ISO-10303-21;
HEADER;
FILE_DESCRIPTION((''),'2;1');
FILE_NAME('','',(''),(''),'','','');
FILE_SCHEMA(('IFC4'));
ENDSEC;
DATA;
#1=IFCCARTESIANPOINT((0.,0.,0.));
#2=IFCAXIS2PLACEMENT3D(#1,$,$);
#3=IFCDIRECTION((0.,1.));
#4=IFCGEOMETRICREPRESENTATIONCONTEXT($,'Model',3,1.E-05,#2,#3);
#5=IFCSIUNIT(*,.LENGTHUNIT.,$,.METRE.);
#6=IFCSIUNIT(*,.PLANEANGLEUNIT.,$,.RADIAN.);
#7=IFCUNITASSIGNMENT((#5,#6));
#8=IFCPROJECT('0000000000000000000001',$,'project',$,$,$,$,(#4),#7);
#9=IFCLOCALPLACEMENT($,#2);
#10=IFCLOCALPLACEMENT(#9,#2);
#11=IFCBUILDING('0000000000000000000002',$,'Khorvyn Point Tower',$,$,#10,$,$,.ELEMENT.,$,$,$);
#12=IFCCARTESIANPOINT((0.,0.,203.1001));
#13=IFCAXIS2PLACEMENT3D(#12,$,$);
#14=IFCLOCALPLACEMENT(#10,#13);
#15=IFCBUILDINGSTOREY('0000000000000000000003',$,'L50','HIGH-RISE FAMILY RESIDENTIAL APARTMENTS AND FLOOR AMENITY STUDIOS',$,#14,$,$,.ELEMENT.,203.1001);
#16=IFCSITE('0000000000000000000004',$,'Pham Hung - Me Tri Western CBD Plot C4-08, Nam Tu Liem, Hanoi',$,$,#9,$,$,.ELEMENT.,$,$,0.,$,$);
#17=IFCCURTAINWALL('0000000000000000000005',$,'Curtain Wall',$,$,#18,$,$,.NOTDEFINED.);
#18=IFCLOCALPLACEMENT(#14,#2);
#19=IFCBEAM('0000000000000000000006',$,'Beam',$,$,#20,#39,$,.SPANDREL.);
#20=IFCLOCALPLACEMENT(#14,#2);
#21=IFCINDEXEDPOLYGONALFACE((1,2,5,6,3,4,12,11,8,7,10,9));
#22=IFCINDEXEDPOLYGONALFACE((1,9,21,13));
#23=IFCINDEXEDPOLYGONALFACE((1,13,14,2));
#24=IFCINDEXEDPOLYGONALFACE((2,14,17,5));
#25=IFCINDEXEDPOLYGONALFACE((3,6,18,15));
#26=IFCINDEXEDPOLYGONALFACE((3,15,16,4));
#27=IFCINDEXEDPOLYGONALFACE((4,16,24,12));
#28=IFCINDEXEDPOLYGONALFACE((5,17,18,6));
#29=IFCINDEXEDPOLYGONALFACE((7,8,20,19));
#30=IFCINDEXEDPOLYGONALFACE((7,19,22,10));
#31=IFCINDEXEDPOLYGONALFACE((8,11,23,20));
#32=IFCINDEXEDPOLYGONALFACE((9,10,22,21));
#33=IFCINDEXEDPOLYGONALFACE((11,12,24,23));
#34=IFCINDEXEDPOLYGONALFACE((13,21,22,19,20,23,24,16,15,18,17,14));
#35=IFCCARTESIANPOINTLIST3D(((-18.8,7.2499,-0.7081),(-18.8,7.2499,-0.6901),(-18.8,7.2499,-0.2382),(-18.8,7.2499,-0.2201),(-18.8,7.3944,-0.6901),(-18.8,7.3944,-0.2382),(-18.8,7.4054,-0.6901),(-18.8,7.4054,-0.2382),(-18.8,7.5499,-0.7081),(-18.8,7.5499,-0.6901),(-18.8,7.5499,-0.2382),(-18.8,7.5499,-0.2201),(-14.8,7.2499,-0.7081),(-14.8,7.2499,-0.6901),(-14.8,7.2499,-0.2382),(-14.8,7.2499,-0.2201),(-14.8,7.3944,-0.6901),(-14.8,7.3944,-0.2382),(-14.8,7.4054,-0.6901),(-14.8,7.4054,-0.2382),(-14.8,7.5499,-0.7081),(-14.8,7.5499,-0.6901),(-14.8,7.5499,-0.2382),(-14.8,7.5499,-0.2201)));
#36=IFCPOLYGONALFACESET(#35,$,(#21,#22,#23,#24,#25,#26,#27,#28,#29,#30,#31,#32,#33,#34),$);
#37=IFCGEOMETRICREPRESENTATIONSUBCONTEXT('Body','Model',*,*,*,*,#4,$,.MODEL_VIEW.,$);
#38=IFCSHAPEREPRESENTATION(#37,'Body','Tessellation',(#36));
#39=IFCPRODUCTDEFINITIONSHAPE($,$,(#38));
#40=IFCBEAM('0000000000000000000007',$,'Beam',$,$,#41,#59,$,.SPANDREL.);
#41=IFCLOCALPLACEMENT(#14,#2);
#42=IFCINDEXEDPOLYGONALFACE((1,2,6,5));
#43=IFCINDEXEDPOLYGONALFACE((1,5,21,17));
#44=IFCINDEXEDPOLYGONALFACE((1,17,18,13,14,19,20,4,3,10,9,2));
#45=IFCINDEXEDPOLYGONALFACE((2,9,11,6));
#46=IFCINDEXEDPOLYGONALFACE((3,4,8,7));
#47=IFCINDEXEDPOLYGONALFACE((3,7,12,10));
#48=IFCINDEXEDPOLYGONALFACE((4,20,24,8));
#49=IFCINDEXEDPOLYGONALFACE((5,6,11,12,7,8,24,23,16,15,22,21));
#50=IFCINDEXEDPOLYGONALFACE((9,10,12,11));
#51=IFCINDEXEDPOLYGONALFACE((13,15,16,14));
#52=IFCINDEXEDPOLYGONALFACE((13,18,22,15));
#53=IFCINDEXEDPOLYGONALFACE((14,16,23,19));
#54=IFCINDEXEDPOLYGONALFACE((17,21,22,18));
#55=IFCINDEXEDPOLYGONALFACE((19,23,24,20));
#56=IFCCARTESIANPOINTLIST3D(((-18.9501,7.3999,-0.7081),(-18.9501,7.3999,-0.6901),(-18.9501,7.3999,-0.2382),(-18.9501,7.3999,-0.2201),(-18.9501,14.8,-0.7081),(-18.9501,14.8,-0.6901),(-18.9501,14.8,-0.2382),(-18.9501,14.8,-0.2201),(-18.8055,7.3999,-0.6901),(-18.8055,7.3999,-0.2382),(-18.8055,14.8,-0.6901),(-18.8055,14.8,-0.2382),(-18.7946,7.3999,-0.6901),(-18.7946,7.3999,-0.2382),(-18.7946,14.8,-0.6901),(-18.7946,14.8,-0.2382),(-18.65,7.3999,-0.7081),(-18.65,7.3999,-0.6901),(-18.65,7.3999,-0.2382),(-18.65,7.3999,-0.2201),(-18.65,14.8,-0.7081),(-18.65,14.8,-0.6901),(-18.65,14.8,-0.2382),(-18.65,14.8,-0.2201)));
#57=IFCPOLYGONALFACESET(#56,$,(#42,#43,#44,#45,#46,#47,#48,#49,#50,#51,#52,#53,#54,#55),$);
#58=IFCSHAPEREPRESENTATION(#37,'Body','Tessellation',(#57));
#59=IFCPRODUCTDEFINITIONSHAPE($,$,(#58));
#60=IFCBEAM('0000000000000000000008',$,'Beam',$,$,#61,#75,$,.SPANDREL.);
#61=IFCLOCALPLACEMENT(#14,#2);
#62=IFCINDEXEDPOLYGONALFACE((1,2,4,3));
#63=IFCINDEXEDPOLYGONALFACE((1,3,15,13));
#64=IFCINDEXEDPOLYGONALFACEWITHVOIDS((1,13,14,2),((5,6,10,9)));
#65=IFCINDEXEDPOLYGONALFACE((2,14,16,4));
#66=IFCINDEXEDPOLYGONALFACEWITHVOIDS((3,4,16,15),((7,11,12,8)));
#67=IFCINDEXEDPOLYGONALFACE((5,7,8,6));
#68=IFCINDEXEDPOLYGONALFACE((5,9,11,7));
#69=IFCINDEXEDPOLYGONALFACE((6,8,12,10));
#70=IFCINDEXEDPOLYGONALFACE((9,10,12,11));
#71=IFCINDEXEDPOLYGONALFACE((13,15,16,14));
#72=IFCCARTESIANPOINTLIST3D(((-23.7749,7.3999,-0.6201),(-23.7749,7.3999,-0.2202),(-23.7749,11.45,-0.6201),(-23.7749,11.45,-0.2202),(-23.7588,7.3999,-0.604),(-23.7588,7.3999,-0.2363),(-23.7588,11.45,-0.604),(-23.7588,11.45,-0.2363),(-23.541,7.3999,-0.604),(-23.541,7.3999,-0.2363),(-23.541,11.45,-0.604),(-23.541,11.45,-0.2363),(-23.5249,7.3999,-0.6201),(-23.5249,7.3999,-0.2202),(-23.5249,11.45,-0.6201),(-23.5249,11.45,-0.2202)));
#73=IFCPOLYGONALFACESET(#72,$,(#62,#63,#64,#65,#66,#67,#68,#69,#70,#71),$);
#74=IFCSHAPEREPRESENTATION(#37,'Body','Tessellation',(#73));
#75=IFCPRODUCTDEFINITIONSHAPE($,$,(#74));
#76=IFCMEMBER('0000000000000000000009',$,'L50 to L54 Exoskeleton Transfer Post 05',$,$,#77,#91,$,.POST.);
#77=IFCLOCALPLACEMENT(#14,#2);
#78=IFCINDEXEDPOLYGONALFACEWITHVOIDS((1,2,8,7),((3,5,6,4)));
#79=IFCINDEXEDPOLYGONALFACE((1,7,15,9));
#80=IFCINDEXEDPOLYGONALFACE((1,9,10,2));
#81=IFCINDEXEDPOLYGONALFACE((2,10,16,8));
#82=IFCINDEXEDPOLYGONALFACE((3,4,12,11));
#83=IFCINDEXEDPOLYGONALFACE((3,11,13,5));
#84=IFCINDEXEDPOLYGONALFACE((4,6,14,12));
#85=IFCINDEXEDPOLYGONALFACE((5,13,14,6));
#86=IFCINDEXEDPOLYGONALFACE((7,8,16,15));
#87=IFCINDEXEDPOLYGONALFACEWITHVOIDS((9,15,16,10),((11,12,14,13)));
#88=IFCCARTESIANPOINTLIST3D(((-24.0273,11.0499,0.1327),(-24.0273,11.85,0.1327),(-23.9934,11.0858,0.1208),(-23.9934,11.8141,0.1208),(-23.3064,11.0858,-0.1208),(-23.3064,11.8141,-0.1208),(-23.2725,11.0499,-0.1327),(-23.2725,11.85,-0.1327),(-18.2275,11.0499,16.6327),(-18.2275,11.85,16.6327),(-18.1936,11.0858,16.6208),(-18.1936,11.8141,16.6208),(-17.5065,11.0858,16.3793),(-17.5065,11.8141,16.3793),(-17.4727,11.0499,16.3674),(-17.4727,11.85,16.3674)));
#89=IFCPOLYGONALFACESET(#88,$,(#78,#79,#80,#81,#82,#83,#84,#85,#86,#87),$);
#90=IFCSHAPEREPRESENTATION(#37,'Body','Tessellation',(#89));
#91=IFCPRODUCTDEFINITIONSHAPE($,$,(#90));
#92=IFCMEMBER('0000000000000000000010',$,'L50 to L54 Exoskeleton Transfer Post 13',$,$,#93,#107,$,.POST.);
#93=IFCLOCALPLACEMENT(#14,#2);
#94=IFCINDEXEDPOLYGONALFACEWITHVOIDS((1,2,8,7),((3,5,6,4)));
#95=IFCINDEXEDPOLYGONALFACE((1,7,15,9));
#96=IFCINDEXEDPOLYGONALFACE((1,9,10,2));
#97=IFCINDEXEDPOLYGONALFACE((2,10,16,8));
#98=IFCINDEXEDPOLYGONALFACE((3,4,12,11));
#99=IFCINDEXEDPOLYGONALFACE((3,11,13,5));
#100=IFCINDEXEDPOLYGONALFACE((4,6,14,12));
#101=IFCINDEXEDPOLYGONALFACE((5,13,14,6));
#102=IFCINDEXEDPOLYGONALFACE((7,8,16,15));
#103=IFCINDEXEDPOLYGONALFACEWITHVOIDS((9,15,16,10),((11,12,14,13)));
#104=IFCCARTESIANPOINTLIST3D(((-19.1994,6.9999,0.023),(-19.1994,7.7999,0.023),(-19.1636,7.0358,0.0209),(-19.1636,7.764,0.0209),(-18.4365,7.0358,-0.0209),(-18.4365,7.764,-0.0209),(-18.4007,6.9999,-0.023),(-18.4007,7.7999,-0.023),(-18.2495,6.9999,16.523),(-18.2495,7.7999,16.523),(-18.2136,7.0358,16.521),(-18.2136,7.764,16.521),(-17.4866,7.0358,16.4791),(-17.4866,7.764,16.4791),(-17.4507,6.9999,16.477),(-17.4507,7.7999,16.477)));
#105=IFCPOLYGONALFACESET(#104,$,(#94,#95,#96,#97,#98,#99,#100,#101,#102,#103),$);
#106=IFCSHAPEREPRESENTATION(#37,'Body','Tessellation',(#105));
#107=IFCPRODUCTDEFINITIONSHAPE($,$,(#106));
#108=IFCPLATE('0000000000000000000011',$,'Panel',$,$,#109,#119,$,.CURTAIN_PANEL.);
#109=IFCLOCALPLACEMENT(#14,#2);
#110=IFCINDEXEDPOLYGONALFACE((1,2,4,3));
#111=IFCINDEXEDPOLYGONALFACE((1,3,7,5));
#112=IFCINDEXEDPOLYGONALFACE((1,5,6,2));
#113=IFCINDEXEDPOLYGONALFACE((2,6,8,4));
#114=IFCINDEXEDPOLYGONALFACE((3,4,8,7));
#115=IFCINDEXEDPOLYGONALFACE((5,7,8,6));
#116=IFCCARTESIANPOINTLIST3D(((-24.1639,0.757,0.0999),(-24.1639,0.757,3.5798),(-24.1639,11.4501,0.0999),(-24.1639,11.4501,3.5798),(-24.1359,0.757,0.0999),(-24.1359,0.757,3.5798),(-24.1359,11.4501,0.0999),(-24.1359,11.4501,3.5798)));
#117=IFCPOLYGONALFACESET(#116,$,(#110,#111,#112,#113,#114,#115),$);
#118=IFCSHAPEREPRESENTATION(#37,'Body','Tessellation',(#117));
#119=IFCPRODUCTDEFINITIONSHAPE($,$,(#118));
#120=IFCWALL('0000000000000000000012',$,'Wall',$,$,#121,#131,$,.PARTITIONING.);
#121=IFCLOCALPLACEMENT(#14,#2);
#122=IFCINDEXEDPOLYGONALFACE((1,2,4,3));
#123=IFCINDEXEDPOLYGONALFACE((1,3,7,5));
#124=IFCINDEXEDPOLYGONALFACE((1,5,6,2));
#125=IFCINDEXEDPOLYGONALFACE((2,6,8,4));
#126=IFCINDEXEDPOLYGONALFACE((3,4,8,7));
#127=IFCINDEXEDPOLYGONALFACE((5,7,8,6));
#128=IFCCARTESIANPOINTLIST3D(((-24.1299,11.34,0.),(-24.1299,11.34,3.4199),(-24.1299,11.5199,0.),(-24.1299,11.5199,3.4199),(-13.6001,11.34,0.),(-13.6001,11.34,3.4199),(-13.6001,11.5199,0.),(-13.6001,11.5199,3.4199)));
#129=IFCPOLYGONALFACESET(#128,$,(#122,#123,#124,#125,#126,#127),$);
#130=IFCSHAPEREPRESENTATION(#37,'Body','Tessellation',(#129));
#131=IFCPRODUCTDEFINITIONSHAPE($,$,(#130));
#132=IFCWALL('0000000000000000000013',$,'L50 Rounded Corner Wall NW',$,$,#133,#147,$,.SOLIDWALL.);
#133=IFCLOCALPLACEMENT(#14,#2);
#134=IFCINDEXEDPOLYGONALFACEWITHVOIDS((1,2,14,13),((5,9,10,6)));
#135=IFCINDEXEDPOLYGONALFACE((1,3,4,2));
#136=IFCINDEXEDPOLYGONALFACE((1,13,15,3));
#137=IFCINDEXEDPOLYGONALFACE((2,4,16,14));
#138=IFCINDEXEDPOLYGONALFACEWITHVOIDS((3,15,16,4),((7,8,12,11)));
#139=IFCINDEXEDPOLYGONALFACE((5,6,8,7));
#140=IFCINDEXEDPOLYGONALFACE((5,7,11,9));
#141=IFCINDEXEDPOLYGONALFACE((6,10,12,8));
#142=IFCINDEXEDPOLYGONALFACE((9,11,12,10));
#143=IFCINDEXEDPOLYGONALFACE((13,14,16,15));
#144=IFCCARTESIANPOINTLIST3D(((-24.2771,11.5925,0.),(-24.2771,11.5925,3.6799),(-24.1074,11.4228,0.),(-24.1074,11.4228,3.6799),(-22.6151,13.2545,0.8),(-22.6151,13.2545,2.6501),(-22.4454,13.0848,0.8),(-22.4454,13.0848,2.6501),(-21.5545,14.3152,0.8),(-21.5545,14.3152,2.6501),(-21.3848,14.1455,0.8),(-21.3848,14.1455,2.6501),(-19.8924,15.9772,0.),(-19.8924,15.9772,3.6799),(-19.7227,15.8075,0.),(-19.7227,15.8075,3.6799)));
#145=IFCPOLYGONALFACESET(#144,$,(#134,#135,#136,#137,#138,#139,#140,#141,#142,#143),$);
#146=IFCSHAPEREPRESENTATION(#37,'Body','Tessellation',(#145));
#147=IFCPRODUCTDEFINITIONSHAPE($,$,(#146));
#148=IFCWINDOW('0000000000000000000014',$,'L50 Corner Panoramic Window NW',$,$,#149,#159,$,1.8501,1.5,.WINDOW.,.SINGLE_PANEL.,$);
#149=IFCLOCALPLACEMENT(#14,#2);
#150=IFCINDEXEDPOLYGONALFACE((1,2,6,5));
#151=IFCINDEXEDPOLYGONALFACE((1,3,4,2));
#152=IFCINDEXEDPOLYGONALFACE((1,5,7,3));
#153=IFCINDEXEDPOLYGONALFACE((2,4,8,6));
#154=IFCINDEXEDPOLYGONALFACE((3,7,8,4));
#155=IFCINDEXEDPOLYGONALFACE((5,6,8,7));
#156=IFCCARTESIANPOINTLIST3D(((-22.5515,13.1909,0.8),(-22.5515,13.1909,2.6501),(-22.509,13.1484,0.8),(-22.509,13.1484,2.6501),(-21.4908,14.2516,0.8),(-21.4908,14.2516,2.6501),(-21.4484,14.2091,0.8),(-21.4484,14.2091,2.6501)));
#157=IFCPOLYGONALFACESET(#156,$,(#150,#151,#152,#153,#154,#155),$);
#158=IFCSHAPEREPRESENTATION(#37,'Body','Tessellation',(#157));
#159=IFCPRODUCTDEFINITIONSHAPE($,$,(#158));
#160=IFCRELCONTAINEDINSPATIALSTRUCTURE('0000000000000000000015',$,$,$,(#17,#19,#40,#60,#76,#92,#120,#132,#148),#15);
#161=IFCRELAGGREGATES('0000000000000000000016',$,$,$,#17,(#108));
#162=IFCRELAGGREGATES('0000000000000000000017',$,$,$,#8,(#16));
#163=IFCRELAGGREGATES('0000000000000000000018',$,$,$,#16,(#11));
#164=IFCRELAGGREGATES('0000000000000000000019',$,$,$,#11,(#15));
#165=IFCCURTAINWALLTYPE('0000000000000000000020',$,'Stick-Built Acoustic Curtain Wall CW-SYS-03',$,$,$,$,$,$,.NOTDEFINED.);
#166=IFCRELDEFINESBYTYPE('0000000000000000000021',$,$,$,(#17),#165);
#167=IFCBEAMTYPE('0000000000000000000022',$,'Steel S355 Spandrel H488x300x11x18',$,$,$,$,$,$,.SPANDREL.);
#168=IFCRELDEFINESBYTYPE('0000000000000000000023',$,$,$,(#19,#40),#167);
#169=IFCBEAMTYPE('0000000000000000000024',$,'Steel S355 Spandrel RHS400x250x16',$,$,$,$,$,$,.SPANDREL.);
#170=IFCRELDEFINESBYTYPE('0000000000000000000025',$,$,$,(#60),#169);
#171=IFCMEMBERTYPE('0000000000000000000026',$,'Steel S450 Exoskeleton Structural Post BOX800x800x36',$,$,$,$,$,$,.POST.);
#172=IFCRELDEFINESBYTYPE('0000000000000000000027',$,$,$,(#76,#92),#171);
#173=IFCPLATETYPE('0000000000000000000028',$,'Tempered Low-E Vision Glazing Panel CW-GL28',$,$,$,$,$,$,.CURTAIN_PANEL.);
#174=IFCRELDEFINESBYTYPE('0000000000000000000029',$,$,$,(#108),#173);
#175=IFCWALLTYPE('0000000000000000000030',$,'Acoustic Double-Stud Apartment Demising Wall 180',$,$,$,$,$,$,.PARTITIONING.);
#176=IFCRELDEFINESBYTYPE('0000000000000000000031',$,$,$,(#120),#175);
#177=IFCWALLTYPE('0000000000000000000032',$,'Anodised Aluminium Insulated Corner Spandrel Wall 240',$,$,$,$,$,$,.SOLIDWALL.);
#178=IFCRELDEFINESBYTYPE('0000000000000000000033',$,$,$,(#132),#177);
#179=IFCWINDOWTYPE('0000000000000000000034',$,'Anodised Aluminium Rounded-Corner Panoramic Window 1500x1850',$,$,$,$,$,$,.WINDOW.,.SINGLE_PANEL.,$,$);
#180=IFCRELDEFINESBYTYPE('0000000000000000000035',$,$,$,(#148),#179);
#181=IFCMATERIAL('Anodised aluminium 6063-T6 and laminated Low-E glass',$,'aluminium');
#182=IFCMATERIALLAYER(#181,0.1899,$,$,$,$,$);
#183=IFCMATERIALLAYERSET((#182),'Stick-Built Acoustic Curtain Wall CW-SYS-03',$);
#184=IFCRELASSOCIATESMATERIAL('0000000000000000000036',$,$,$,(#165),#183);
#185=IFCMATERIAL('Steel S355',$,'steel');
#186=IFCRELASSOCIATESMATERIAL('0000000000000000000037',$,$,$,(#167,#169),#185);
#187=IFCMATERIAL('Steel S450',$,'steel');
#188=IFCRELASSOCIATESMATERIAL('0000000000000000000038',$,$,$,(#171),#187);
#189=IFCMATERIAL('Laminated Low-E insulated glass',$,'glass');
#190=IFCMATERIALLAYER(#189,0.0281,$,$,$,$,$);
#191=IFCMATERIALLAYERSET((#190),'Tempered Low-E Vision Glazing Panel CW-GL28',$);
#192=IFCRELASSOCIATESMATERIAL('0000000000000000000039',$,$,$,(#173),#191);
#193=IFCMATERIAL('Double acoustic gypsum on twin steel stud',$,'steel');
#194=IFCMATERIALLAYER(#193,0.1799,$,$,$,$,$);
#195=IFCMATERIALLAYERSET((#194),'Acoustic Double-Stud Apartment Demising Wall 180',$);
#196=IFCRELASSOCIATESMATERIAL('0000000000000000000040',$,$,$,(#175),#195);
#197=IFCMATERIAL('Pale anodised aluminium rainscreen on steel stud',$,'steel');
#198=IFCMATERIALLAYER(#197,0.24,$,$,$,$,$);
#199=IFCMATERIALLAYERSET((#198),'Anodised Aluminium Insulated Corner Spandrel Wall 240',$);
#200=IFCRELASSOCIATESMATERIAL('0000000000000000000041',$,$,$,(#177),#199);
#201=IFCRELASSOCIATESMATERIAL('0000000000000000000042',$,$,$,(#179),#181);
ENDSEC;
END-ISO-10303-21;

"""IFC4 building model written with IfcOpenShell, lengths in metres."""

from ifc_helpers import new_model, si_unit, direction, frame, frame_2d, origin, origin_2d, place, context, subcontext, project, spatial, rectangle, hollow_rectangle, i_section, extrude, material, layer, layer_set, material_profile, profile_set, type_object, element, fill, aggregate, save


model = new_model("IFC4")

# Units and contexts
model_context = context("Model", 3, precision=1e-05, world=origin(), true_north=direction((0.0, 1.0)))
body_context = subcontext(model_context, "Body", "Model", "MODEL_VIEW")
ifc_project = project(units=[si_unit("LENGTHUNIT", "METRE"), si_unit("PLANEANGLEUNIT", "RADIAN")], contexts=[model_context])

# Site, building, storey
site_placement = place(None, origin())
site = spatial("IfcSite", under=ifc_project, at=site_placement, Name="Pham Hung - Me Tri Western CBD Plot C4-08, Nam Tu Liem, Hanoi", CompositionType="ELEMENT", RefElevation=0.0)
building_placement = place(site_placement, origin())
building = spatial("IfcBuilding", under=site, at=building_placement, Name="Khorvyn Point Tower", CompositionType="ELEMENT")
storey_placement = place(building_placement, frame((0.0, 0.0, 203.1001)))
storey = spatial("IfcBuildingStorey", under=building, at=storey_placement, Name="L50", Description="HIGH-RISE FAMILY RESIDENTIAL APARTMENTS AND FLOOR AMENITY STUDIOS", CompositionType="ELEMENT", Elevation=203.1001)

# Shared definitions
ifc_material_1 = material(Name="Steel S450", Category="steel")

# Curtain wall
ifc_material_2 = material(Name="Anodised aluminium 6063-T6 and laminated Low-E glass", Category="aluminium")
ifc_layer_1 = layer(ifc_material_2, 0.1899)
ifc_layer_set_1 = layer_set([ifc_layer_1], Name="Stick-Built Acoustic Curtain Wall CW-SYS-03")
curtain_wall_type = type_object("IfcCurtainWallType", Name="Stick-Built Acoustic Curtain Wall CW-SYS-03", PredefinedType="NOTDEFINED", material=ifc_layer_set_1)
curtain_wall_1_placement = place(storey_placement, origin())
curtain_wall_1 = element("IfcCurtainWall", 1, at=curtain_wall_1_placement, inside=storey, type_object=curtain_wall_type, Name="Curtain Wall", PredefinedType="NOTDEFINED")

# Beams
ifc_material_3 = material(Name="Steel S355", Category="steel")
ifc_material_profile_1 = material_profile(ifc_material_3, i_section(OverallWidth=0.3, OverallDepth=0.488, WebThickness=0.011, FlangeThickness=0.0181, at=origin_2d()))
ifc_profile_set_1 = profile_set([ifc_material_profile_1], Name="Steel S355 H488x300x11x18")
beam_type_1 = type_object("IfcBeamType", Name="Steel S355 Spandrel H488x300x11x18", PredefinedType="SPANDREL", material=ifc_profile_set_1)
beam_1_placement = place(storey_placement, frame((-18.8, 7.3999, -0.4641), z_axis=(1.0, 0.0, 0.0), x_axis=(0.0, 1.0, 0.0)))
element("IfcBeam", 2, at=beam_1_placement, inside=storey, type_object=beam_type_1, Name="Beam", PredefinedType="SPANDREL", context=body_context, shape_type="SweptSolid", body=[
    extrude(i_section(OverallWidth=0.3, OverallDepth=0.488, WebThickness=0.011, FlangeThickness=0.0181, at=origin_2d()), origin(), (0.0, 0.0, 1.0), 4.0),
])
beam_2_placement = place(storey_placement, frame((-18.8, 7.3999, -0.4641), z_axis=(0.0, 1.0, 0.0), x_axis=(-1.0, 0.0, 0.0)))
element("IfcBeam", 3, at=beam_2_placement, inside=storey, type_object=beam_type_1, Name="Beam", PredefinedType="SPANDREL", context=body_context, shape_type="SweptSolid", body=[
    extrude(i_section(OverallWidth=0.3, OverallDepth=0.488, WebThickness=0.011, FlangeThickness=0.0181, at=origin_2d()), origin(), (0.0, 0.0, 1.0), 7.4001),
])
ifc_material_profile_2 = material_profile(ifc_material_3, hollow_rectangle(XDim=0.25, YDim=0.3999, WallThickness=0.0161, at=origin_2d()))
ifc_profile_set_2 = profile_set([ifc_material_profile_2], Name="Steel S355 RHS400x250x16")
beam_type_2 = type_object("IfcBeamType", Name="Steel S355 Spandrel RHS400x250x16", PredefinedType="SPANDREL", material=ifc_profile_set_2)
beam_3_placement = place(storey_placement, frame((-23.6499, 7.3999, -0.4202), z_axis=(0.0, 1.0, 0.0), x_axis=(-1.0, 0.0, 0.0)))
element("IfcBeam", 4, at=beam_3_placement, inside=storey, type_object=beam_type_2, Name="Beam", PredefinedType="SPANDREL", context=body_context, shape_type="SweptSolid", body=[
    extrude(hollow_rectangle(XDim=0.25, YDim=0.3999, WallThickness=0.0161, at=origin_2d()), origin(), (0.0, 0.0, 1.0), 4.05),
])

# Members
ifc_material_profile_3 = material_profile(ifc_material_1, hollow_rectangle(XDim=0.8, YDim=0.8, WallThickness=0.0359, at=origin_2d()))
ifc_profile_set_3 = profile_set([ifc_material_profile_3], Name="Steel S450 BOX800x800x36")
member_type_1 = type_object("IfcMemberType", Name="Steel S450 Exoskeleton Structural Post BOX800x800x36", PredefinedType="POST", material=ifc_profile_set_3)
member_1_placement = place(storey_placement, frame((-23.6499, 11.45, 0.0), z_axis=(0.331614, 0.0, 0.943415), x_axis=(0.0, 1.0, 0.0)))
element("IfcMember", 5, at=member_1_placement, inside=storey, type_object=member_type_1, Name="L50 to L54 Exoskeleton Transfer Post 05", PredefinedType="POST", context=body_context, shape_type="SweptSolid", body=[
    extrude(hollow_rectangle(XDim=0.8, YDim=0.8, WallThickness=0.0359, at=origin_2d()), origin(), (0.0, 0.0, 1.0), 17.4897),
])
member_2_placement = place(storey_placement, frame((-18.8, 7.3999, 0.0), z_axis=(0.057478, 0.0, 0.998347), x_axis=(0.0, 1.0, 0.0)))
element("IfcMember", 6, at=member_2_placement, inside=storey, type_object=member_type_1, Name="L50 to L54 Exoskeleton Transfer Post 13", PredefinedType="POST", context=body_context, shape_type="SweptSolid", body=[
    extrude(hollow_rectangle(XDim=0.8, YDim=0.8, WallThickness=0.0359, at=origin_2d()), origin(), (0.0, 0.0, 1.0), 16.5273),
])

# Plate
ifc_material_4 = material(Name="Laminated Low-E insulated glass", Category="glass")
ifc_layer_2 = layer(ifc_material_4, 0.0281)
ifc_layer_set_2 = layer_set([ifc_layer_2], Name="Tempered Low-E Vision Glazing Panel CW-GL28")
plate_type = type_object("IfcPlateType", Name="Tempered Low-E Vision Glazing Panel CW-GL28", PredefinedType="CURTAIN_PANEL", material=ifc_layer_set_2)
plate_placement = place(storey_placement, frame((-24.1499, 6.1035, 0.0999), z_axis=(0.0, 0.0, 1.0), x_axis=(0.0, 1.0, 0.0)))
plate = element("IfcPlate", 7, at=plate_placement, type_object=plate_type, Name="Panel", PredefinedType="CURTAIN_PANEL", context=body_context, shape_type="SweptSolid", body=[
    extrude(rectangle(XDim=10.6931, YDim=0.0281, at=origin_2d()), origin(), (0.0, 0.0, 1.0), 3.48),
])
aggregate(curtain_wall_1, [plate])

# Wall
ifc_material_5 = material(Name="Double acoustic gypsum on twin steel stud", Category="steel")
ifc_layer_3 = layer(ifc_material_5, 0.1799)
ifc_layer_set_3 = layer_set([ifc_layer_3], Name="Acoustic Double-Stud Apartment Demising Wall 180")
wall_type_1 = type_object("IfcWallType", Name="Acoustic Double-Stud Apartment Demising Wall 180", PredefinedType="PARTITIONING", material=ifc_layer_set_3)
wall_1_placement = place(storey_placement, frame((-24.1299, 11.4299, 0.0), z_axis=(0.0, 0.0, 1.0), x_axis=(1.0, 0.0, 0.0)))
element("IfcWall", 8, at=wall_1_placement, inside=storey, type_object=wall_type_1, Name="Wall", PredefinedType="PARTITIONING", context=body_context, shape_type="SweptSolid", body=[
    extrude(rectangle(XDim=10.5298, YDim=0.1799, at=frame_2d((5.2649, 0.0))), origin(), (0.0, 0.0, 1.0), 3.4199),
])

# Wall, opening, window
ifc_material_6 = material(Name="Pale anodised aluminium rainscreen on steel stud", Category="steel")
ifc_layer_4 = layer(ifc_material_6, 0.24)
ifc_layer_set_4 = layer_set([ifc_layer_4], Name="Anodised Aluminium Insulated Corner Spandrel Wall 240")
wall_type_2 = type_object("IfcWallType", Name="Anodised Aluminium Insulated Corner Spandrel Wall 240", PredefinedType="SOLIDWALL", material=ifc_layer_set_4)
wall_2_placement = place(storey_placement, frame((-24.1924, 11.5076, 0.0), z_axis=(0.0, 0.0, 1.0), x_axis=(0.707107, 0.707107, 0.0)))
wall_2 = element("IfcWall", 9, at=wall_2_placement, inside=storey, type_object=wall_type_2, Name="L50 Rounded Corner Wall NW", PredefinedType="SOLIDWALL", context=body_context, shape_type="SweptSolid", body=[
    extrude(rectangle(XDim=6.2009, YDim=0.24, at=frame_2d((3.1006, 0.0))), origin(), (0.0, 0.0, 1.0), 3.6799),
])
opening_1_placement = place(wall_2_placement, frame((2.3506, 0.0, 0.8)))
opening_1 = element("IfcOpeningElement", 10, at=opening_1_placement, cuts=wall_2, PredefinedType="OPENING", context=body_context, shape_type="SweptSolid", body=[
    extrude(rectangle(XDim=1.5, YDim=1.8501, at=frame_2d((0.75, 0.925))), frame((0.0, 0.1299, 0.0), z_axis=(0.0, -1.0, 0.0), x_axis=(1.0, 0.0, 0.0)), (0.0, 0.0, 1.0), 0.26),
])
window_type = type_object("IfcWindowType", Name="Anodised Aluminium Rounded-Corner Panoramic Window 1500x1850", PartitioningType="SINGLE_PANEL", PredefinedType="WINDOW", material=ifc_material_2)
window_placement = place(opening_1_placement, origin())
window = element("IfcWindow", 11, at=window_placement, inside=storey, type_object=window_type, Name="L50 Corner Panoramic Window NW", OverallHeight=1.8501, OverallWidth=1.5, PartitioningType="SINGLE_PANEL", PredefinedType="WINDOW", context=body_context, shape_type="SweptSolid", body=[
    extrude(rectangle(XDim=1.5, YDim=1.8501, at=frame_2d((0.75, 0.925))), frame((0.0, 0.03, 0.0), z_axis=(0.0, -1.0, 0.0), x_axis=(1.0, 0.0, 0.0)), (0.0, 0.0, 1.0), 0.0601),
])
fill(opening_1, window)

save(model, "model.ifc")
